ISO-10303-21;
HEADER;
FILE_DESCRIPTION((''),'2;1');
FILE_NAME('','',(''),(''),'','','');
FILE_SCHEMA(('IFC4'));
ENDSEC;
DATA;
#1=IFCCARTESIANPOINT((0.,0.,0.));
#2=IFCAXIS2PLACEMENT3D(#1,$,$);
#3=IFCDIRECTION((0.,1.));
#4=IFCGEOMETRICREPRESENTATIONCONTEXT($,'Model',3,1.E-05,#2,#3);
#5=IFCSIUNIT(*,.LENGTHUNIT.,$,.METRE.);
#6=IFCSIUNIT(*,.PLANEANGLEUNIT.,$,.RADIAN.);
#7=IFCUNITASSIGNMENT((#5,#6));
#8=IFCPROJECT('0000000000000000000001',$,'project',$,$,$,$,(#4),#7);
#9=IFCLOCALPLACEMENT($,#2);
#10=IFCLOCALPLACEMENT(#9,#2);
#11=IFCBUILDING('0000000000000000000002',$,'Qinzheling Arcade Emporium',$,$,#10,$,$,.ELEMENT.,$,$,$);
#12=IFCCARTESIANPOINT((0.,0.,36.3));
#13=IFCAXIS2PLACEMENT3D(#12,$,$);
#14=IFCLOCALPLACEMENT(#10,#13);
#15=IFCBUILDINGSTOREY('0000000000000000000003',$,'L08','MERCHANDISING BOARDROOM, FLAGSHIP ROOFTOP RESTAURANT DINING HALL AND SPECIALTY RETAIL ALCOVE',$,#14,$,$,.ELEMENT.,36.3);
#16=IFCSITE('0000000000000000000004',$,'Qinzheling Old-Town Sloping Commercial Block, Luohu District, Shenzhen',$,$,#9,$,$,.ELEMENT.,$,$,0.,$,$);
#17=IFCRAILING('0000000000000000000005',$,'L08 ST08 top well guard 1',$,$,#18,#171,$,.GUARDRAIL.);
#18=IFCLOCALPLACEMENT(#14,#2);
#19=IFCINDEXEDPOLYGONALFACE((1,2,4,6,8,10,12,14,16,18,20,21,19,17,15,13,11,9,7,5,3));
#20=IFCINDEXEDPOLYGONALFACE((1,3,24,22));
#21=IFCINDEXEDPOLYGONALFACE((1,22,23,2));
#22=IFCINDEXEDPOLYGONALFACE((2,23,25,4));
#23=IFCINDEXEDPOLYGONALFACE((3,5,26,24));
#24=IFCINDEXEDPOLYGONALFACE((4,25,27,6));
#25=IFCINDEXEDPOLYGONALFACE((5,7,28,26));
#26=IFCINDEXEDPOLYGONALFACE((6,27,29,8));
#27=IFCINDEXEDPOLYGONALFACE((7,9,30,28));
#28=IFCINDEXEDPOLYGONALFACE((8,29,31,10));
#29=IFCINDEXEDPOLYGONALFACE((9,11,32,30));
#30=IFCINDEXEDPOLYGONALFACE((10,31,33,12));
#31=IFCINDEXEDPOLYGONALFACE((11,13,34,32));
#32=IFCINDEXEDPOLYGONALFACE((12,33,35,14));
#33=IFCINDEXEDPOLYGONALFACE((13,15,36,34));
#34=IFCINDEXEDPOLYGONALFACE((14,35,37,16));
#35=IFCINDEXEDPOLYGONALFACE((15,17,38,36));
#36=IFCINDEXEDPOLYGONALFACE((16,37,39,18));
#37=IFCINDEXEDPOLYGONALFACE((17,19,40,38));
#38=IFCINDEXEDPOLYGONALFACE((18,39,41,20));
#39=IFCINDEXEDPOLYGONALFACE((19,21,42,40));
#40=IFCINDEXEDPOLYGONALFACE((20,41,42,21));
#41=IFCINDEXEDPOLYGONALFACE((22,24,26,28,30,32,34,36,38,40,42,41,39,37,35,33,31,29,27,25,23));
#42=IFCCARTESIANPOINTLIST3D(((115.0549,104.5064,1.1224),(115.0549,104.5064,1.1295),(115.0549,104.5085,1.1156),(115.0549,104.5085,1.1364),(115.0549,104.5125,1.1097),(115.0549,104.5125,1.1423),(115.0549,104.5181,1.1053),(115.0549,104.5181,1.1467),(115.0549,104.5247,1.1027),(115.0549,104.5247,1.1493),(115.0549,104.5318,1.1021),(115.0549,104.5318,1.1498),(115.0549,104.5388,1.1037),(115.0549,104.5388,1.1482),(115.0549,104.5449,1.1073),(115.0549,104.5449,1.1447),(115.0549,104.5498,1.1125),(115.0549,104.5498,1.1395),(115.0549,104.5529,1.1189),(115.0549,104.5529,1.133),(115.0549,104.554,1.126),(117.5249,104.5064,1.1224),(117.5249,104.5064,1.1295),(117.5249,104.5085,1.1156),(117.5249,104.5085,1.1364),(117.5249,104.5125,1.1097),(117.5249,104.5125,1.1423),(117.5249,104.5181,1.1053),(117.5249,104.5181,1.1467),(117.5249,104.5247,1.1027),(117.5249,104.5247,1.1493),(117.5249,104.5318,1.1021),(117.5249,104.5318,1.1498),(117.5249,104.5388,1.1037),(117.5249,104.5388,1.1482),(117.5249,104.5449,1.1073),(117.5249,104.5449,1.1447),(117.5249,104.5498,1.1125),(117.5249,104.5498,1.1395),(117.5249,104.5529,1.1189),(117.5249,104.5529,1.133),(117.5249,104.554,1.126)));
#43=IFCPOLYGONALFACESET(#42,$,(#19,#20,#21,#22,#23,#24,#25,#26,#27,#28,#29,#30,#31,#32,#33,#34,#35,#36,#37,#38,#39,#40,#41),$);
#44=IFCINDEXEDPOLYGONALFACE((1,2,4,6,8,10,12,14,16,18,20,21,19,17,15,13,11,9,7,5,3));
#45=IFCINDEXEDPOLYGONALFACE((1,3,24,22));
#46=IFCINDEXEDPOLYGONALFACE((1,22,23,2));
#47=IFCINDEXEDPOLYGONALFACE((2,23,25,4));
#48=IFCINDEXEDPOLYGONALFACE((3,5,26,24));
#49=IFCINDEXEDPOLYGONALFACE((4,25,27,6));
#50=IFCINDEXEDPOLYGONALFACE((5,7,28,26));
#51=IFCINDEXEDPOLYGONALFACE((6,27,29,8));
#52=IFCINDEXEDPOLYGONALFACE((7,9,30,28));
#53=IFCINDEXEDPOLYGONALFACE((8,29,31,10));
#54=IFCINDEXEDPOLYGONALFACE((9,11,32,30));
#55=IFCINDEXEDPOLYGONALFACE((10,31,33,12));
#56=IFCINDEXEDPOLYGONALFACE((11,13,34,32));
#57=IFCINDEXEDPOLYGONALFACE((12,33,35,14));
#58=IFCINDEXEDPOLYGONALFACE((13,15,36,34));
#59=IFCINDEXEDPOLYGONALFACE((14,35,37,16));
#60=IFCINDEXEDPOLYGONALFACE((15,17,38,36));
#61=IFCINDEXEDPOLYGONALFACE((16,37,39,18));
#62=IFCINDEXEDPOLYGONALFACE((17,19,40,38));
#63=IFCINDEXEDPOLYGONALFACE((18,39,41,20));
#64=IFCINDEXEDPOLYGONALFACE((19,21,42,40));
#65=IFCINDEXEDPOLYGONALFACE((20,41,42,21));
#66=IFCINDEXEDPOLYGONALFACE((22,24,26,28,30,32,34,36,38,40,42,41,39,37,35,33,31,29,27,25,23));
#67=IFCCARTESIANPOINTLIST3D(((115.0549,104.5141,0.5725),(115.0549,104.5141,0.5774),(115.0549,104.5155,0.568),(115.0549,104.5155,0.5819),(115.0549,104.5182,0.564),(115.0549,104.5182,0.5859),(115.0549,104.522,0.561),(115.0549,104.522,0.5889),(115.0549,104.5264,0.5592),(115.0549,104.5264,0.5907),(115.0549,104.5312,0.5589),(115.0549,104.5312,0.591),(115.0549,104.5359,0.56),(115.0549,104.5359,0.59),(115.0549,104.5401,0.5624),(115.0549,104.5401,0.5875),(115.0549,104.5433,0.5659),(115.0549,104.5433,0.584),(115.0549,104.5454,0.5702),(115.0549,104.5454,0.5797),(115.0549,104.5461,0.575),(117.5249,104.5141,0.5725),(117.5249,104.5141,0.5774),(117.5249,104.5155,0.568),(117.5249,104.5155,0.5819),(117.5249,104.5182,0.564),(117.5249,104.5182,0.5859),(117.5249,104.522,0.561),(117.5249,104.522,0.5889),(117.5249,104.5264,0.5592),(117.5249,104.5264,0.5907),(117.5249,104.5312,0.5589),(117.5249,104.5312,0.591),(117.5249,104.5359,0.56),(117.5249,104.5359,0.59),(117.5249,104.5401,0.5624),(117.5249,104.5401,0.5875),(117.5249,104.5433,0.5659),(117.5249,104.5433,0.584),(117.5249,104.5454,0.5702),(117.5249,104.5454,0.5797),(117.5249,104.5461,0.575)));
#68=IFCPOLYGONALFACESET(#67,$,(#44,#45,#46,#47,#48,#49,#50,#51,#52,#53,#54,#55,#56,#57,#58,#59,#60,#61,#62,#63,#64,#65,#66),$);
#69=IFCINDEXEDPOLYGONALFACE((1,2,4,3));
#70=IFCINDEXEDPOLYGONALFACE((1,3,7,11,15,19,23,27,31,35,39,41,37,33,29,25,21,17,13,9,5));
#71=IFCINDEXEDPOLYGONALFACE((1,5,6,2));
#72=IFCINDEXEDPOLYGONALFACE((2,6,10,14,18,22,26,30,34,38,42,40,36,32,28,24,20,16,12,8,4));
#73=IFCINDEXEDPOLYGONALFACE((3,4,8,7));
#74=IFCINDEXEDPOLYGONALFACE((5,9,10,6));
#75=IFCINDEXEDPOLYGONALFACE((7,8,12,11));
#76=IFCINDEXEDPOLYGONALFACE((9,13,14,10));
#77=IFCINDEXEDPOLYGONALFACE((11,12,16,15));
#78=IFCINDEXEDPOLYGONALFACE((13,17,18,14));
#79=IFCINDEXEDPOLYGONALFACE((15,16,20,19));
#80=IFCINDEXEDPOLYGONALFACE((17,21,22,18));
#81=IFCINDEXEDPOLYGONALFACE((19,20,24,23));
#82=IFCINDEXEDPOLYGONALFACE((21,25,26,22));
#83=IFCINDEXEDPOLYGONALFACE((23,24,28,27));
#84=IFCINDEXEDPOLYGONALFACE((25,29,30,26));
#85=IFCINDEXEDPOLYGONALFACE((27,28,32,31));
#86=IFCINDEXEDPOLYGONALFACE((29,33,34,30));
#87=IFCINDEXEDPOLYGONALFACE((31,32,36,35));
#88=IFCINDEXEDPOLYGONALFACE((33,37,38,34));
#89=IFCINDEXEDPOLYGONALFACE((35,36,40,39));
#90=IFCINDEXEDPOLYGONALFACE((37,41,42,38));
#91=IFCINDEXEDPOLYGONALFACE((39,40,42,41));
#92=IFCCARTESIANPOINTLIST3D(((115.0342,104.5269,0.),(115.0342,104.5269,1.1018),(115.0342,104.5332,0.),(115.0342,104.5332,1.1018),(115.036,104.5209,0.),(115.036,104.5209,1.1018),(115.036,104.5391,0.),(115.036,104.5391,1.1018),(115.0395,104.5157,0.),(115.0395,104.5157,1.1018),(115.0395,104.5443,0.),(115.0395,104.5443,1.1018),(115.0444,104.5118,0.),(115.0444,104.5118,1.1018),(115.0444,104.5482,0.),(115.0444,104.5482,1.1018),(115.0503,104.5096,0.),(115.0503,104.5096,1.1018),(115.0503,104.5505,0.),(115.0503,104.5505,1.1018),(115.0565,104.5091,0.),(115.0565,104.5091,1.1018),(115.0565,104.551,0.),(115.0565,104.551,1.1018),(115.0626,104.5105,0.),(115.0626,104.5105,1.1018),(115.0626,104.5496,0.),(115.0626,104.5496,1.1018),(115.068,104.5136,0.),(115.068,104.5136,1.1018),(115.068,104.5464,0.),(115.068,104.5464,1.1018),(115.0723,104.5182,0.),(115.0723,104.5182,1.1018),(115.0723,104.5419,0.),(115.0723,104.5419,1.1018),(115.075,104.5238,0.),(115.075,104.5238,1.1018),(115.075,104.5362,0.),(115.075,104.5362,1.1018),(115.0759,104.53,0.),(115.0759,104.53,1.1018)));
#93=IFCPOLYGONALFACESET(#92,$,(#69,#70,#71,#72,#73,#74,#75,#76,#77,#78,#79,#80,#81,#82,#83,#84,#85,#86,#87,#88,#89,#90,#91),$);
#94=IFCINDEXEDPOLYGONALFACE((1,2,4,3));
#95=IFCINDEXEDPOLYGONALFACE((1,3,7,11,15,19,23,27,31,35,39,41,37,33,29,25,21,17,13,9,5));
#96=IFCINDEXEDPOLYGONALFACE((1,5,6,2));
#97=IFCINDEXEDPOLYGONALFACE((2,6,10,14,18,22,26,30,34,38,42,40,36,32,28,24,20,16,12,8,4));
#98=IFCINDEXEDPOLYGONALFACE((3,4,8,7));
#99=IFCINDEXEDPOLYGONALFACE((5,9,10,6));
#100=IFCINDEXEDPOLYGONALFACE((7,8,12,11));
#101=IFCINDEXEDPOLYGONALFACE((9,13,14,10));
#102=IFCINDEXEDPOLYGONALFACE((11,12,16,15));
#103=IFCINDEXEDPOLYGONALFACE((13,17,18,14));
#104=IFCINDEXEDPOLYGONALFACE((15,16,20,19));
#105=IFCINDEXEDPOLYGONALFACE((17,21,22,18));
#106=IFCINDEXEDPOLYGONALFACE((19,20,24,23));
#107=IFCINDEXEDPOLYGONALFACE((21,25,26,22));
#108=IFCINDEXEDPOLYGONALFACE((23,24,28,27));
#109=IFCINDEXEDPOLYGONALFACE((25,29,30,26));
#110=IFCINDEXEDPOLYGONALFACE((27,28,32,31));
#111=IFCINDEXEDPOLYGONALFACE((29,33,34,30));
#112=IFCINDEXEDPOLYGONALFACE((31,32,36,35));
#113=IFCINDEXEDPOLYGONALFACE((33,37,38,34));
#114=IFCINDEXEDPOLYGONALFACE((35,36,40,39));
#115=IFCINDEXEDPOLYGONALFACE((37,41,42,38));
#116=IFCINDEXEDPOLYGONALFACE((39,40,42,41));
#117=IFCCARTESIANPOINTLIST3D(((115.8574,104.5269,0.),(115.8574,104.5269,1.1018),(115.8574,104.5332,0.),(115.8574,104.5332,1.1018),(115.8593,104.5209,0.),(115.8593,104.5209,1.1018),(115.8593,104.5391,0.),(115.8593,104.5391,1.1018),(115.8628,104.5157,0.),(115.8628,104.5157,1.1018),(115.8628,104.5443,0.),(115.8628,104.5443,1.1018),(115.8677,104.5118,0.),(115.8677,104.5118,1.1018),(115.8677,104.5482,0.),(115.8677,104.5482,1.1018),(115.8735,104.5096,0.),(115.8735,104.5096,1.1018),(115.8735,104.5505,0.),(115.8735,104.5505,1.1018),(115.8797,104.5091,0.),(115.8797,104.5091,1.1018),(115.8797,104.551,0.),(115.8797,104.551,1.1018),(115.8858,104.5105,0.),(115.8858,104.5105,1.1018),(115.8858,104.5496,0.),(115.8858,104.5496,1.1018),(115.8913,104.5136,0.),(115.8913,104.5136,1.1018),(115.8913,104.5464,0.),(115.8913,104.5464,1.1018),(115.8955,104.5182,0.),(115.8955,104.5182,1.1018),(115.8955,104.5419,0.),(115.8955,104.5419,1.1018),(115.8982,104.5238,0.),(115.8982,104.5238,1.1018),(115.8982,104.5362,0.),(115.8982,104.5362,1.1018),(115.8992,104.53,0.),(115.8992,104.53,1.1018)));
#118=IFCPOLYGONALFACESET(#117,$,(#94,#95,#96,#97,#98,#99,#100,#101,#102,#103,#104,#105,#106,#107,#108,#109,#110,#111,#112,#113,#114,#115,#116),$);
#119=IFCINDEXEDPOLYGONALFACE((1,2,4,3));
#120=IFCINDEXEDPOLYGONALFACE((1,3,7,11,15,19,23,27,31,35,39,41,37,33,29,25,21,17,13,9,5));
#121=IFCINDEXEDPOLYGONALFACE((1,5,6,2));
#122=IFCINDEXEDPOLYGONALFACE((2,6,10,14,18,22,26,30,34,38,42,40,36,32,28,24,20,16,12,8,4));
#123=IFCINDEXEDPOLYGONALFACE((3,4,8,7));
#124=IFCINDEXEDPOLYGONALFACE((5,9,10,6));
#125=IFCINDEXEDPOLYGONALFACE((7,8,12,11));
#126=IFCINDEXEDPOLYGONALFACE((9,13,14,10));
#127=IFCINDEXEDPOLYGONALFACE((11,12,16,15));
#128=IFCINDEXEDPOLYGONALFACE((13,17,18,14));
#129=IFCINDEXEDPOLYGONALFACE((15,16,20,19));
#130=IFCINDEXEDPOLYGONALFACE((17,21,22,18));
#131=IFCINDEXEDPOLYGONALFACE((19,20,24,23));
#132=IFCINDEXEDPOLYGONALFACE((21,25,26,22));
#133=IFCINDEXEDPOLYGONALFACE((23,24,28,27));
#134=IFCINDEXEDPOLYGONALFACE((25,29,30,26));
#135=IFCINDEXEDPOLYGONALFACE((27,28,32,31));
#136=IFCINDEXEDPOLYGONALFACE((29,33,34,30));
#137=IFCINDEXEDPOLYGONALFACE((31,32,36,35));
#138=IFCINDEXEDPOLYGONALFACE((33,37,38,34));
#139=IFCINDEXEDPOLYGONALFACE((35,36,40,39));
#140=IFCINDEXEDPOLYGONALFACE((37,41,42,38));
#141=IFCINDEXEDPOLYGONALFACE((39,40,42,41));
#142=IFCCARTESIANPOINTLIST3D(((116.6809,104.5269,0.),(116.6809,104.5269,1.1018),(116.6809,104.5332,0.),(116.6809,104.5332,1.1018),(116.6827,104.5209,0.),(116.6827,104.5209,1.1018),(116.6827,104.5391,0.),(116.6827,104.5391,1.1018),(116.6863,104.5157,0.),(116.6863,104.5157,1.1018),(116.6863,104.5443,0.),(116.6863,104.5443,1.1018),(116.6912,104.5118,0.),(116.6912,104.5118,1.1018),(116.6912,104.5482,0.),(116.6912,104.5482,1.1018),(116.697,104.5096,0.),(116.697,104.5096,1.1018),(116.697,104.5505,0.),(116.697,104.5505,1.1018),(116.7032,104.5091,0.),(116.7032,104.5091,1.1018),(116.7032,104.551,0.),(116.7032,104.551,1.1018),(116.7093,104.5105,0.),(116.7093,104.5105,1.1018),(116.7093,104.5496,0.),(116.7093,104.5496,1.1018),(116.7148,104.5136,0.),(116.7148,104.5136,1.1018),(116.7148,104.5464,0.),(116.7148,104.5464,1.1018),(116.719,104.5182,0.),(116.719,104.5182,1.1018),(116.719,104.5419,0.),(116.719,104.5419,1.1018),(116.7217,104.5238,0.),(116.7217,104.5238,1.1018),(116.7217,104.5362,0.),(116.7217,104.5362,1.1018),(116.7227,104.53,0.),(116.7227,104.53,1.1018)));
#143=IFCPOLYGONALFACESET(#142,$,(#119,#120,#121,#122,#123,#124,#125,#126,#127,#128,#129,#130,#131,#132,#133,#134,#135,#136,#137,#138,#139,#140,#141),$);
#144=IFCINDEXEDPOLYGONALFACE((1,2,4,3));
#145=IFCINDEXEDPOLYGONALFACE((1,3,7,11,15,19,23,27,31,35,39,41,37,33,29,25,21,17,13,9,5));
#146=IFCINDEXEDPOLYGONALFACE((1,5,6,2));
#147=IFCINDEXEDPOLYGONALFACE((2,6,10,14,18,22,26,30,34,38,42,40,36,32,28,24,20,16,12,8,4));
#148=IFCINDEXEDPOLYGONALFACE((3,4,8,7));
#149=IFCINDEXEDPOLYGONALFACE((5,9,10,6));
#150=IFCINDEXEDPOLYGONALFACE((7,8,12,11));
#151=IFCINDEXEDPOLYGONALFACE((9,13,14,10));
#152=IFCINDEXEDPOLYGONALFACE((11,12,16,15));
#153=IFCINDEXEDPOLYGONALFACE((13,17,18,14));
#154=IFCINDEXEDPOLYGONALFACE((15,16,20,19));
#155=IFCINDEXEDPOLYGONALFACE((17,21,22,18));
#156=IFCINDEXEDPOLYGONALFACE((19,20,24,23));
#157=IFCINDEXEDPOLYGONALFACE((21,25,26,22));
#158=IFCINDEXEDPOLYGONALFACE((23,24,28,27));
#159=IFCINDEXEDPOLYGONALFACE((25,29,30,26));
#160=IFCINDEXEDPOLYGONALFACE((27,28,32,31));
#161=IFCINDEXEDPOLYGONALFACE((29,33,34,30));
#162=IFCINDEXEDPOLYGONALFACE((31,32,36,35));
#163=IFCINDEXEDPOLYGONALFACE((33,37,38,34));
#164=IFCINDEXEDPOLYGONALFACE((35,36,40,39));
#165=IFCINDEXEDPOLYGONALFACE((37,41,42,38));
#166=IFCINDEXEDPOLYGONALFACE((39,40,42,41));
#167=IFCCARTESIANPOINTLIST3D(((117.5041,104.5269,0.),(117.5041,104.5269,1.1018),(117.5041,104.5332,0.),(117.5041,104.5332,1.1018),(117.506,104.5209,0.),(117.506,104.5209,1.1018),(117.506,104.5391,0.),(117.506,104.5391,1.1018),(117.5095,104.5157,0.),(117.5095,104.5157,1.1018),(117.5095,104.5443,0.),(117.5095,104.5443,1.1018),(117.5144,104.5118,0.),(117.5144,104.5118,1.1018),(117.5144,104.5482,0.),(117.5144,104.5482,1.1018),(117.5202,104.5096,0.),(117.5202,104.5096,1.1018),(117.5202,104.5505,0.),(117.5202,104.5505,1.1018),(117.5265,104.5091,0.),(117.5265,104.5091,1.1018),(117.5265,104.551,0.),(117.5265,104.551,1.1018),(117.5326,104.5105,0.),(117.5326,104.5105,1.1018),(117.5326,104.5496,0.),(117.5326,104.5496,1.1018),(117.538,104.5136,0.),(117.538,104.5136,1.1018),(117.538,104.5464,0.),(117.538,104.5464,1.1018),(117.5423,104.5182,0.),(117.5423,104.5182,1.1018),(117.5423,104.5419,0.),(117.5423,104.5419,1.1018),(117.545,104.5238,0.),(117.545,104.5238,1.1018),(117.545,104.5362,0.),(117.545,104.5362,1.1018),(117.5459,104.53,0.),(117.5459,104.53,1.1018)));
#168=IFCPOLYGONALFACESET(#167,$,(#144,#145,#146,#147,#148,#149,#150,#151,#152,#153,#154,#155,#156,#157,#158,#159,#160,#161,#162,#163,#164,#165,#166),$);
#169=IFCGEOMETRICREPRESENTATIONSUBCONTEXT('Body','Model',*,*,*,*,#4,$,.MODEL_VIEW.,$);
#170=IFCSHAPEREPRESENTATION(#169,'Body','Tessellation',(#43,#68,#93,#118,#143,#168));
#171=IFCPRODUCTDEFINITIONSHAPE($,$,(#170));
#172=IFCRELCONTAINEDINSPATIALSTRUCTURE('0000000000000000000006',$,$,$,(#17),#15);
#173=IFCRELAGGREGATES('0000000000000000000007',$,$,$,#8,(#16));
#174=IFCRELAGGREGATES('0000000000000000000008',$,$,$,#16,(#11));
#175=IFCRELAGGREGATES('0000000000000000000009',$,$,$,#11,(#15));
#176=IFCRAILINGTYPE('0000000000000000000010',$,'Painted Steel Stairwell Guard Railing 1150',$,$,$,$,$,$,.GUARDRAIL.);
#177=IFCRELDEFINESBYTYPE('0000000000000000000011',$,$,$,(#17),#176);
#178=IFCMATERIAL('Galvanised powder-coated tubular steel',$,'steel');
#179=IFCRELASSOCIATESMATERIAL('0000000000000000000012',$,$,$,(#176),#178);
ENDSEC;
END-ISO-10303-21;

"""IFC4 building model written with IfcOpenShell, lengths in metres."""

from ifc_helpers import new_model, si_unit, direction, frame, origin, origin_2d, place, context, subcontext, project, spatial, circle, extrude, material, type_object, element, save


model = new_model("IFC4")

# Units and contexts
model_context = context("Model", 3, precision=1e-05, world=origin(), true_north=direction((0.0, 1.0)))
body_context = subcontext(model_context, "Body", "Model", "MODEL_VIEW")
ifc_project = project(units=[si_unit("LENGTHUNIT", "METRE"), si_unit("PLANEANGLEUNIT", "RADIAN")], contexts=[model_context])

# Site, building, storey
site_placement = place(None, origin())
site = spatial("IfcSite", under=ifc_project, at=site_placement, Name="Qinzheling Old-Town Sloping Commercial Block, Luohu District, Shenzhen", CompositionType="ELEMENT", RefElevation=0.0)
building_placement = place(site_placement, origin())
building = spatial("IfcBuilding", under=site, at=building_placement, Name="Qinzheling Arcade Emporium", CompositionType="ELEMENT")
storey_placement = place(building_placement, frame((0.0, 0.0, 36.3)))
storey = spatial("IfcBuildingStorey", under=building, at=storey_placement, Name="L08", Description="MERCHANDISING BOARDROOM, FLAGSHIP ROOFTOP RESTAURANT DINING HALL AND SPECIALTY RETAIL ALCOVE", CompositionType="ELEMENT", Elevation=36.3)

# Railing
ifc_material_1 = material(Name="Galvanised powder-coated tubular steel", Category="steel")
railing_type = type_object("IfcRailingType", Name="Painted Steel Stairwell Guard Railing 1150", PredefinedType="GUARDRAIL", material=ifc_material_1)
railing_placement = place(storey_placement, frame((115.0549, 104.53, 0.0)))
element("IfcRailing", 1, at=railing_placement, inside=storey, type_object=railing_type, Name="L08 ST08 top well guard 1", PredefinedType="GUARDRAIL", context=body_context, shape_type="SweptSolid", body=[
    extrude(circle(Radius=0.0239, at=origin_2d()), frame((0.0, 0.0, 1.126), z_axis=(1.0, 0.0, 0.0), x_axis=(0.0, 1.0, 0.0)), (0.0, 0.0, 1.0), 2.47),
    extrude(circle(Radius=0.0161, at=origin_2d()), frame((0.0, 0.0, 0.575), z_axis=(1.0, 0.0, 0.0), x_axis=(0.0, 1.0, 0.0)), (0.0, 0.0, 1.0), 2.47),
    extrude(circle(Radius=0.021, at=origin_2d()), origin(), (0.0, 0.0, 1.0), 1.1018),
    extrude(circle(Radius=0.021, at=origin_2d()), frame((0.8232, 0.0, 0.0)), (0.0, 0.0, 1.0), 1.1018),
    extrude(circle(Radius=0.021, at=origin_2d()), frame((1.6467, 0.0, 0.0)), (0.0, 0.0, 1.0), 1.1018),
    extrude(circle(Radius=0.021, at=origin_2d()), frame((2.47, 0.0, 0.0)), (0.0, 0.0, 1.0), 1.1018),
])

save(model, "model.ifc")
